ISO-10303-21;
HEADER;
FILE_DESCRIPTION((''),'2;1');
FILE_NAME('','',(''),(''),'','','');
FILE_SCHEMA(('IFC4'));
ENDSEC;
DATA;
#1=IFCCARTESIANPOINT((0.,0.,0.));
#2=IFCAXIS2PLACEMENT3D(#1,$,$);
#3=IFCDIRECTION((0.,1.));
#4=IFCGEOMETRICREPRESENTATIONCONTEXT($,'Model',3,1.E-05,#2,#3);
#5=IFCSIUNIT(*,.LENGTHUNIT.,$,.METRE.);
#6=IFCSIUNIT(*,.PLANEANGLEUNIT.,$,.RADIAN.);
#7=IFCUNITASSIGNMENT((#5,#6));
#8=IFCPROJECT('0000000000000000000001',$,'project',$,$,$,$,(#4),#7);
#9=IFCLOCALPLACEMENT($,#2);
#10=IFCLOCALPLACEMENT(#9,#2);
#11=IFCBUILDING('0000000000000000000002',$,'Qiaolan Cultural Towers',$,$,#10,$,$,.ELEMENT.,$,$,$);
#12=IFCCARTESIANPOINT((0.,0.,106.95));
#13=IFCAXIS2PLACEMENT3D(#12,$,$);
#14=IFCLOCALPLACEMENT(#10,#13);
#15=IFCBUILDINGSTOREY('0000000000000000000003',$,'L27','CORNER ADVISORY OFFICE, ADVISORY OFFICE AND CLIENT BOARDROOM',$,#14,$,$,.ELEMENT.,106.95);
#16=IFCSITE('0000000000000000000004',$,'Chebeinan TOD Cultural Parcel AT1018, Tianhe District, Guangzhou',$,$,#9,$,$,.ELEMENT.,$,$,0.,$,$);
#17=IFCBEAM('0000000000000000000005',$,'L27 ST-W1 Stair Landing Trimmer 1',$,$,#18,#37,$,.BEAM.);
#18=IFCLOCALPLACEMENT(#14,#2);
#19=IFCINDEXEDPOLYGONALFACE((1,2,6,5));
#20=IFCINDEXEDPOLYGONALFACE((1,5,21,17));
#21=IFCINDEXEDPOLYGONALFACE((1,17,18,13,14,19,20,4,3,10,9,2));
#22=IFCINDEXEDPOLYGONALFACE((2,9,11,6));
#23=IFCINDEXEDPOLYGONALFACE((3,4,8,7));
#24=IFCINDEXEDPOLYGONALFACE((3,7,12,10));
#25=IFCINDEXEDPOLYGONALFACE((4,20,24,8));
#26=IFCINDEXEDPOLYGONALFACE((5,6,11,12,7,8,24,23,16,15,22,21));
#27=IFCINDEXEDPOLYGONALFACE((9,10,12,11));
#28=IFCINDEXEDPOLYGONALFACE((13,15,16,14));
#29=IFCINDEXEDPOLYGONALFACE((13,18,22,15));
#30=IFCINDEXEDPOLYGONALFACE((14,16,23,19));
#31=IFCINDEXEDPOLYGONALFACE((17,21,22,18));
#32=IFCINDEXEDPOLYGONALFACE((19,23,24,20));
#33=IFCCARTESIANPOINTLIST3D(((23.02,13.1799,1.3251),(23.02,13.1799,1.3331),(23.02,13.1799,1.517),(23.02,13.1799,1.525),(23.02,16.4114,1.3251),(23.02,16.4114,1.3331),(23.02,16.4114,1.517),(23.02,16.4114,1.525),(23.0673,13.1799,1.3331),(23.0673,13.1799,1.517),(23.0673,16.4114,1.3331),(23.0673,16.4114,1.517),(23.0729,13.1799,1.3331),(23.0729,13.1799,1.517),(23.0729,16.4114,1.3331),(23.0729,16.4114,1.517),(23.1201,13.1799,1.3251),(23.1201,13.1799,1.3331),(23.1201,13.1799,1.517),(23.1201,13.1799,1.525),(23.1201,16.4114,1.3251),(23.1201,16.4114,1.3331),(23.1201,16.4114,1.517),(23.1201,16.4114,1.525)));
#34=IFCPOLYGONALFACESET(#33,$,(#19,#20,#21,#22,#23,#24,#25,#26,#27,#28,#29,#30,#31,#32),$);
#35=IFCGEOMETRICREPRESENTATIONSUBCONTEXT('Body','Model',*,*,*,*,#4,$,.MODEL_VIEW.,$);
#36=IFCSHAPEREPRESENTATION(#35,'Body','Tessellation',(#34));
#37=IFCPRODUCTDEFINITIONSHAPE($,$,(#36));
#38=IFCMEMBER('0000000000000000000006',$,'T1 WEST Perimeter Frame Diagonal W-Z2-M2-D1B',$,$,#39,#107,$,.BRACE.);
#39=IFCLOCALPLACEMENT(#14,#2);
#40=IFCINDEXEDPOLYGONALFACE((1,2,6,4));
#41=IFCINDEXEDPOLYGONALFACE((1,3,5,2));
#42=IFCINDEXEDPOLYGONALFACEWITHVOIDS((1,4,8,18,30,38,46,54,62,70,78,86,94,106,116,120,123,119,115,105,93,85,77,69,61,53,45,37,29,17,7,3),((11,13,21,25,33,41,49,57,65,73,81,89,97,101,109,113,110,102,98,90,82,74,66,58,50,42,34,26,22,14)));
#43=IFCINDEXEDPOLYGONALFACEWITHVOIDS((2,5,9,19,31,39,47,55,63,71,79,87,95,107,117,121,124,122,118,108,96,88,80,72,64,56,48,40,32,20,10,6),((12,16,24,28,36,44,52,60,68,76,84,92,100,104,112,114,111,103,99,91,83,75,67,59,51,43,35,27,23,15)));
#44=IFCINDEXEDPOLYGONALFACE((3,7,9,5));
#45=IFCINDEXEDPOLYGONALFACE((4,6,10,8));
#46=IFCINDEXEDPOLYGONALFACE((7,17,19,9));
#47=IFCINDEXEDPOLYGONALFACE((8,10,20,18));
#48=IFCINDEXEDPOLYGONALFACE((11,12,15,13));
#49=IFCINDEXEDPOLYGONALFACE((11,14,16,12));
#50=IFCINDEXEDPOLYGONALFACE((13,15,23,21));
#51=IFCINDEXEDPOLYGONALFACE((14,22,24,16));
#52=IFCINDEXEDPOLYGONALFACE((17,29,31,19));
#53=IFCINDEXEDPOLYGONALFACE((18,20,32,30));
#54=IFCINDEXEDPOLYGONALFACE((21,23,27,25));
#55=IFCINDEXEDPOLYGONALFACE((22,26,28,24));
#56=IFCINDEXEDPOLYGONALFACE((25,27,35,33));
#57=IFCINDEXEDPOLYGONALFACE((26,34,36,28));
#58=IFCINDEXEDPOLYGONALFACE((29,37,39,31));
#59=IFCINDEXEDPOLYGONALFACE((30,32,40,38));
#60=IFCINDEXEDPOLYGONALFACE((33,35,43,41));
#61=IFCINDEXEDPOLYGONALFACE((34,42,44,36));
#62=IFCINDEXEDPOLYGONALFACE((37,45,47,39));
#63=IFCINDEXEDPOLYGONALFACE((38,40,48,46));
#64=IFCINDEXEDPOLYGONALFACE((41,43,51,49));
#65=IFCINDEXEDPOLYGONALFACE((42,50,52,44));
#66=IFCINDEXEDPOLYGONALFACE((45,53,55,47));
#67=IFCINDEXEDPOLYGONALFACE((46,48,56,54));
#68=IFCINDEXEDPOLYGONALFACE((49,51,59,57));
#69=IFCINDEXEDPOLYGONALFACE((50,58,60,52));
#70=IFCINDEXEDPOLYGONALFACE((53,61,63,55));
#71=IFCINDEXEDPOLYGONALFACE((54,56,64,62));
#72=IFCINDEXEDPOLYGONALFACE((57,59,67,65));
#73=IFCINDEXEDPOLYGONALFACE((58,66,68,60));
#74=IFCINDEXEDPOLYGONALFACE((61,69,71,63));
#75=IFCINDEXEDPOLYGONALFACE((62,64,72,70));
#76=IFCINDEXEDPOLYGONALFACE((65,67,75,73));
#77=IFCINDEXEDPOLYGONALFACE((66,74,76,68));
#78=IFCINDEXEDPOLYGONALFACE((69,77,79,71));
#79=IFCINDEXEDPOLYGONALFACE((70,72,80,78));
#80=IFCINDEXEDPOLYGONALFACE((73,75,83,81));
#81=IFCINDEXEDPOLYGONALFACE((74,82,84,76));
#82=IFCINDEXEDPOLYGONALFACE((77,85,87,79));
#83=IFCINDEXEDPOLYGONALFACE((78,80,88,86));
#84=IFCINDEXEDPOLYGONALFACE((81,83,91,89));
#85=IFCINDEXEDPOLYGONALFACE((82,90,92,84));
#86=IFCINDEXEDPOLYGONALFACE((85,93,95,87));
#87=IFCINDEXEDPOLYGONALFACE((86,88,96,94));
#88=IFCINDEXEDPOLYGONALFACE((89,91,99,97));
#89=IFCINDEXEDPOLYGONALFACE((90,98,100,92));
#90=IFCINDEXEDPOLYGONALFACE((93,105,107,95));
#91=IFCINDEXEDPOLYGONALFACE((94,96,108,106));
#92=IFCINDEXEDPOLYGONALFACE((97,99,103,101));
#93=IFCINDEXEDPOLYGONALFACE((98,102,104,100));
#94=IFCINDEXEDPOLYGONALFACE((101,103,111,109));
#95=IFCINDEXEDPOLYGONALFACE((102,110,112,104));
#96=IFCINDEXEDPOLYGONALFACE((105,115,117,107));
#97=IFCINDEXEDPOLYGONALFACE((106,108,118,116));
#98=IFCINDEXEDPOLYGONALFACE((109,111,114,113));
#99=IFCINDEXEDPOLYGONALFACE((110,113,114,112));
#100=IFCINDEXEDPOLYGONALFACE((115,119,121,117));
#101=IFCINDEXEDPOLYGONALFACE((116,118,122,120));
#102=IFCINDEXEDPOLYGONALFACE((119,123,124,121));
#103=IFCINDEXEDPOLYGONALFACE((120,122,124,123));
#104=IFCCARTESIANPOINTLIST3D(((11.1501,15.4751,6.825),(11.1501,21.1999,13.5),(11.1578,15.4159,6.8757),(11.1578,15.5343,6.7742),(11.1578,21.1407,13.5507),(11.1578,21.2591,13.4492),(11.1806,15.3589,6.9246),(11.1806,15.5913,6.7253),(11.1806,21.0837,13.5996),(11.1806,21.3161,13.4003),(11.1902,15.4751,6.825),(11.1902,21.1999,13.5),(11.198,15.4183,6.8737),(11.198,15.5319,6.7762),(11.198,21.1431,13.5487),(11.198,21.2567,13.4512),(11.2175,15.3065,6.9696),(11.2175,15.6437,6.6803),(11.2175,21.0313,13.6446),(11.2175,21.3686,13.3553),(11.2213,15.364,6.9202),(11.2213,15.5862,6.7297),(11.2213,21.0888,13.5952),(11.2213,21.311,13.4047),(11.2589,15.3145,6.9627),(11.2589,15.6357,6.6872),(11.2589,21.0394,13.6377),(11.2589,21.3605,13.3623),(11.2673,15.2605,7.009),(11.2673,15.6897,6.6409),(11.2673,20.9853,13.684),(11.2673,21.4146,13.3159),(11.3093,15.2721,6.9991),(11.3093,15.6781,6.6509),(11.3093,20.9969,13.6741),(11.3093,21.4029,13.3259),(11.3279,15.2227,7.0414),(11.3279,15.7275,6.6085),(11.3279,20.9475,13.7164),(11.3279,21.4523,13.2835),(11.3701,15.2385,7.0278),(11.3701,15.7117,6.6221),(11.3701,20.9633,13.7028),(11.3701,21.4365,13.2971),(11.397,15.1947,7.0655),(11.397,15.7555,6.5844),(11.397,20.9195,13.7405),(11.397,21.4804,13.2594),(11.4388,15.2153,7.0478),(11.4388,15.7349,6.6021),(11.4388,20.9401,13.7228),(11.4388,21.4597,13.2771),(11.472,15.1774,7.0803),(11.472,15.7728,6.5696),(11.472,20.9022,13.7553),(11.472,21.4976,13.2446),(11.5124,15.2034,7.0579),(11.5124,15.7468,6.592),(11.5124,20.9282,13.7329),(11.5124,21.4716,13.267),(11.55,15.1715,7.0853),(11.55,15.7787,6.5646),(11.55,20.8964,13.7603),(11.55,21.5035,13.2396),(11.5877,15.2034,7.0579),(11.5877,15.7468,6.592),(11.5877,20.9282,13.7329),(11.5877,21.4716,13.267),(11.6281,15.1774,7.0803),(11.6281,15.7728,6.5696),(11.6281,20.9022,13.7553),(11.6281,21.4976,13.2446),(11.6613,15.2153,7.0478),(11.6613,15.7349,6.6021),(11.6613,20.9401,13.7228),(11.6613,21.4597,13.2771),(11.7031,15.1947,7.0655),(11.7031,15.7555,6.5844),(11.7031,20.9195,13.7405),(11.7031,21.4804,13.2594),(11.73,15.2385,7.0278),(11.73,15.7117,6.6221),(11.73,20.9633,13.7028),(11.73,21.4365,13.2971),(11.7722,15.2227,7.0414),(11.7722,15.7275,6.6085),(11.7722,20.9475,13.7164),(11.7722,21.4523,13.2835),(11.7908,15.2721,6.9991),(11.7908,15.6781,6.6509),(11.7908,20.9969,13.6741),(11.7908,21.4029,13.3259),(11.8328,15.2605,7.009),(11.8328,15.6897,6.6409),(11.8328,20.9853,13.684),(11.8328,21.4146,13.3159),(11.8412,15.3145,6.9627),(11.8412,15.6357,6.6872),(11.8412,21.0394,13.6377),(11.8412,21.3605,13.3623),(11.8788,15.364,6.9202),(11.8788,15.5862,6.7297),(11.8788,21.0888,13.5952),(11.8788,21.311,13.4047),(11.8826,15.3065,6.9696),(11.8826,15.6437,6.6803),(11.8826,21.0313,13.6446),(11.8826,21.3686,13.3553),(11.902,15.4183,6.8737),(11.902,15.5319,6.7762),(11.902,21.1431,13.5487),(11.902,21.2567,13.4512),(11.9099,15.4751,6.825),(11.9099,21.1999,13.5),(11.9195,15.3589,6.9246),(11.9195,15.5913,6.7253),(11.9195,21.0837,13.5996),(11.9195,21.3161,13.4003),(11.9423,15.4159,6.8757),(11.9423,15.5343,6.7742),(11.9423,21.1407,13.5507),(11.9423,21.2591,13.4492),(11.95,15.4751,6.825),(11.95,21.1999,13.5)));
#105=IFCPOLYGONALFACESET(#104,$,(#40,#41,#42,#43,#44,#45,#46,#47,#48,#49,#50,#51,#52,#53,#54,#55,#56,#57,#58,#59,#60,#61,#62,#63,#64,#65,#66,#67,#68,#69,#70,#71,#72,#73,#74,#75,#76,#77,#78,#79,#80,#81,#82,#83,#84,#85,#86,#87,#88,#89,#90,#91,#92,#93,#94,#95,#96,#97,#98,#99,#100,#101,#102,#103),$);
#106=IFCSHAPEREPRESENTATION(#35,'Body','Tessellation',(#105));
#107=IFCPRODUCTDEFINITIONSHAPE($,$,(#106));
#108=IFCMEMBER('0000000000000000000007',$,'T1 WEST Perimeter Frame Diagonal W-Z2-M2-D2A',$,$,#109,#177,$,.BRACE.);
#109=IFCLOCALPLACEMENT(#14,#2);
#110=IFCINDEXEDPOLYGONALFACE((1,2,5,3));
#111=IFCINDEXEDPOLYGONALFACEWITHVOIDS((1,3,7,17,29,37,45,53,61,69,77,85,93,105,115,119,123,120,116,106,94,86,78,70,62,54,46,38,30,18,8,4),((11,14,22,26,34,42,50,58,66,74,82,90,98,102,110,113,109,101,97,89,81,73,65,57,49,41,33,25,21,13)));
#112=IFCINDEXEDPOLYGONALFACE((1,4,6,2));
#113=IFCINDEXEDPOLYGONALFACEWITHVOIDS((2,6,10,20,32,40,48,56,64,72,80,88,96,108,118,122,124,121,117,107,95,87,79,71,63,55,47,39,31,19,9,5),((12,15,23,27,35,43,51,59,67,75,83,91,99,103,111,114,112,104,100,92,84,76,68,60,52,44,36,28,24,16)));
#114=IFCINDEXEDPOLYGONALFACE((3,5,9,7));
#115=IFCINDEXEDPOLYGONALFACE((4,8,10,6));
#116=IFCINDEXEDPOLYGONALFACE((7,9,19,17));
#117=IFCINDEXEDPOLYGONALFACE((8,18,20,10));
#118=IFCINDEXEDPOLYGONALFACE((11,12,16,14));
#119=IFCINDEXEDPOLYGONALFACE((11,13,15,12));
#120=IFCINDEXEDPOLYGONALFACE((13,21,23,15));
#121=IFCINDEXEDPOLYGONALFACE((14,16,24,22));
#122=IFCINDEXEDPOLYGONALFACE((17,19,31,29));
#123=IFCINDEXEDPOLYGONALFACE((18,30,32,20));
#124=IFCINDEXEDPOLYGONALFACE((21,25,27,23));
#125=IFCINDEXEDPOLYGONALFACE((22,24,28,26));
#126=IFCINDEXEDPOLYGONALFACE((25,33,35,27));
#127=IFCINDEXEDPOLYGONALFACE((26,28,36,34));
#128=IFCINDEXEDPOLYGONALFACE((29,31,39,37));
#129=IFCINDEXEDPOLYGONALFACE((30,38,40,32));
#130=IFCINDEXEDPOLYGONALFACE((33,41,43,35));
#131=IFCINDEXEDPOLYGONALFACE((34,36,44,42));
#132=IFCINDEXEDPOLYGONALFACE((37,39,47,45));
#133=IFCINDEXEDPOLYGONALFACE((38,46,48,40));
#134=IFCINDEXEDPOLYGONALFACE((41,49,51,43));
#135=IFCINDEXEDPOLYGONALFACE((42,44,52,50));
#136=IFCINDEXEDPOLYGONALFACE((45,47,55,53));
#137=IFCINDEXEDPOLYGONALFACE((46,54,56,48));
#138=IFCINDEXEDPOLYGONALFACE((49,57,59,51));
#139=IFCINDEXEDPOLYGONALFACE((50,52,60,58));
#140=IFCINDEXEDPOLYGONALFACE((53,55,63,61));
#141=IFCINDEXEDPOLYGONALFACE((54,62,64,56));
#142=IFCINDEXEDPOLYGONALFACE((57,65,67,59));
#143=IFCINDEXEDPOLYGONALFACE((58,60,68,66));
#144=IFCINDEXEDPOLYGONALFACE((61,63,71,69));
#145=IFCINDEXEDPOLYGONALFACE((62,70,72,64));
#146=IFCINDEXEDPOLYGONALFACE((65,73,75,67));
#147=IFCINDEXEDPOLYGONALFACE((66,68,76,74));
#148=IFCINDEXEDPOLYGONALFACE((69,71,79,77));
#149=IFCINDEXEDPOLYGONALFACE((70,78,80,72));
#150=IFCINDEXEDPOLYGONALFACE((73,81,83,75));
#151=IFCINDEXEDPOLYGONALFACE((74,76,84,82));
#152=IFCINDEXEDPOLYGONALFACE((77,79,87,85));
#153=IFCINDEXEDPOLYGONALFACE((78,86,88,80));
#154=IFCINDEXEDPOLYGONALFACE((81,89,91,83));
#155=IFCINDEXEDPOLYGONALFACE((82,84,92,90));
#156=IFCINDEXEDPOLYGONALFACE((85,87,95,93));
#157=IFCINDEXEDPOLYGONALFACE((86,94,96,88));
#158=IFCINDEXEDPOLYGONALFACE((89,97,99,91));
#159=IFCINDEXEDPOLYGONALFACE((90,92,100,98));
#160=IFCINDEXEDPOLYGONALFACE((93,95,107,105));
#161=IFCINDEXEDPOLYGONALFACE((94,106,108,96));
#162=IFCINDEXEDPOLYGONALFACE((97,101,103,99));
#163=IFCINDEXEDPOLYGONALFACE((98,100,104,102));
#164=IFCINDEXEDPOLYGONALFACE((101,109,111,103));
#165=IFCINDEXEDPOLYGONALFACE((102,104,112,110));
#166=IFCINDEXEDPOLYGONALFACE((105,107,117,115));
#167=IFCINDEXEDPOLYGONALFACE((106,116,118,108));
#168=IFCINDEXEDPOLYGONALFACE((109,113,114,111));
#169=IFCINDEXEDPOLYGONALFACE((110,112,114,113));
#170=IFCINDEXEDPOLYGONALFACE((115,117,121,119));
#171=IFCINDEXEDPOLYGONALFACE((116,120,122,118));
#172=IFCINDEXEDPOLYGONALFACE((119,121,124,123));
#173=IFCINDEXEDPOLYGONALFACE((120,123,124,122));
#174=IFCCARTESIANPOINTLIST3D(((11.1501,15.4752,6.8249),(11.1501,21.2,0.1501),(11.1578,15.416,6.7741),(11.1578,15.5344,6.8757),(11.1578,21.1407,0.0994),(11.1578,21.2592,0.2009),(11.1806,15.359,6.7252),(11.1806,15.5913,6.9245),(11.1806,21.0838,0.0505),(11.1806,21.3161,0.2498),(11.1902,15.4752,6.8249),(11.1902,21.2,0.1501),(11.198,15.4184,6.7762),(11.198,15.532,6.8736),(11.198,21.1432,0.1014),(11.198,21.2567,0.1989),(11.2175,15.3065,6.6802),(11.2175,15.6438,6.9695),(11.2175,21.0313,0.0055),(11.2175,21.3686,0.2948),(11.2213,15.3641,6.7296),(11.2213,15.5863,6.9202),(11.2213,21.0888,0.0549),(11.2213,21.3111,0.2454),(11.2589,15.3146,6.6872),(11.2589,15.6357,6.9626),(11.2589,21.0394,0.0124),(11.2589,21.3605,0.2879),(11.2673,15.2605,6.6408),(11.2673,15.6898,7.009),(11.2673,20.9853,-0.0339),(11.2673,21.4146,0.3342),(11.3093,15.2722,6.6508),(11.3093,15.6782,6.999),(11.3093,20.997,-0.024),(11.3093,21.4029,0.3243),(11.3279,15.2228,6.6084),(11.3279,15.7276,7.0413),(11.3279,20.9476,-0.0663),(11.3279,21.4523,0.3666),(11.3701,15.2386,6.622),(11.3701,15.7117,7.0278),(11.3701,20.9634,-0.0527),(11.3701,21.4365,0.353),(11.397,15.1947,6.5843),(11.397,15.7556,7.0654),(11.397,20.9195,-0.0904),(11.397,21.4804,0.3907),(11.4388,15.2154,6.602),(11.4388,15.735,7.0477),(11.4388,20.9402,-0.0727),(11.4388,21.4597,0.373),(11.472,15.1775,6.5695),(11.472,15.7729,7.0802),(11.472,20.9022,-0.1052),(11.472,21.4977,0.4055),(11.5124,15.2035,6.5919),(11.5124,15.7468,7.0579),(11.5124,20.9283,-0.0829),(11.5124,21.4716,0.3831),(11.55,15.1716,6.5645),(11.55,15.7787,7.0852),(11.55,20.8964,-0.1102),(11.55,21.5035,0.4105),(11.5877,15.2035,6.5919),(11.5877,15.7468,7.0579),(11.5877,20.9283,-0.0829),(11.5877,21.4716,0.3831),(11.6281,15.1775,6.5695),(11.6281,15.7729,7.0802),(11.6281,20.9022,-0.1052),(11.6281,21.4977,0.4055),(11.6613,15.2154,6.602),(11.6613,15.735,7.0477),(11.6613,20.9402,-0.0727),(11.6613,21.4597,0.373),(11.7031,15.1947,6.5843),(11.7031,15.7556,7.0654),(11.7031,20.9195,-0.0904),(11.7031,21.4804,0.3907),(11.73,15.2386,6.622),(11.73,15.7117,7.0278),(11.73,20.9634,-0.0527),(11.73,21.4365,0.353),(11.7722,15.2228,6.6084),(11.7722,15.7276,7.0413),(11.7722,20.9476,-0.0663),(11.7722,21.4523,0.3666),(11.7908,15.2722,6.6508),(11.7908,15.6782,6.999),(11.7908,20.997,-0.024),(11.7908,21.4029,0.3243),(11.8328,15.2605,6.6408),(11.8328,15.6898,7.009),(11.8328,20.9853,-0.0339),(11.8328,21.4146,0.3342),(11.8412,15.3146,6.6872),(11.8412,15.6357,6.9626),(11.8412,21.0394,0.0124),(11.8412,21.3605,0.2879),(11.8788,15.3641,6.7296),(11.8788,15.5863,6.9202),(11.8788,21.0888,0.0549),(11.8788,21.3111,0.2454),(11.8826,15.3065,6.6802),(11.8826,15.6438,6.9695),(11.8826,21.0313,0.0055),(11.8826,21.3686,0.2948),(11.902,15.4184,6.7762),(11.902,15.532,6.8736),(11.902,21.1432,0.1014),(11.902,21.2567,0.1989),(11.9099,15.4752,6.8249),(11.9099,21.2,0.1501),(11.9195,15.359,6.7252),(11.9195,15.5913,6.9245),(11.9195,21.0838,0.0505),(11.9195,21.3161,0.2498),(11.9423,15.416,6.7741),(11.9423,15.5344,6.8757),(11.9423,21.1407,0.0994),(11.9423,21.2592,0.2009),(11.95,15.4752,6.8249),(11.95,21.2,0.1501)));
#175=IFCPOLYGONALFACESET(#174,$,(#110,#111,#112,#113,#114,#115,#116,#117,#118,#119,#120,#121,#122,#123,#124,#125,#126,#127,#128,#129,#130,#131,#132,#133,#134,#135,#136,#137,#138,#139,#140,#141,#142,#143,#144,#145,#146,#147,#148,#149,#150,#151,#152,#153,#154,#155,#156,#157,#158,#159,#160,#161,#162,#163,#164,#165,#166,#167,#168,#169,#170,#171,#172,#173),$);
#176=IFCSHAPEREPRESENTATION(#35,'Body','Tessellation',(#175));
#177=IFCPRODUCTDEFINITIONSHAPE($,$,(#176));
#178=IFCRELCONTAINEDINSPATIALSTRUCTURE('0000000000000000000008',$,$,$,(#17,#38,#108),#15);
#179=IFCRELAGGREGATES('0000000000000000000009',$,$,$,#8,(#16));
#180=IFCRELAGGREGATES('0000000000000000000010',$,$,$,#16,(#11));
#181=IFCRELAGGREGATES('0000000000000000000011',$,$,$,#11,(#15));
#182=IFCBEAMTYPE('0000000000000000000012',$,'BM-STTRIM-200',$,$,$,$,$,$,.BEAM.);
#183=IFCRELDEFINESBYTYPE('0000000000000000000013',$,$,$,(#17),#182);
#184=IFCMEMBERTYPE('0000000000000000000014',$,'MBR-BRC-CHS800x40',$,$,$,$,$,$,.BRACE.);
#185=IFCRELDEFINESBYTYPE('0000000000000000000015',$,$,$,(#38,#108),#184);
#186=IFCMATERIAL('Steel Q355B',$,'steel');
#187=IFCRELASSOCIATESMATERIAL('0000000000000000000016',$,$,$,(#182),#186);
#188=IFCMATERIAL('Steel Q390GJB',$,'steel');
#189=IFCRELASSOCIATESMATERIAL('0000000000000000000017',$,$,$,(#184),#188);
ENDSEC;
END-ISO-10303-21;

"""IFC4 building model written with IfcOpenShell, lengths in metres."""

from ifc_helpers import new_model, si_unit, direction, frame, origin, origin_2d, place, context, subcontext, project, spatial, hollow_circle, i_section, extrude, material, material_profile, profile_set, type_object, element, save


model = new_model("IFC4")

# Units and contexts
model_context = context("Model", 3, precision=1e-05, world=origin(), true_north=direction((0.0, 1.0)))
body_context = subcontext(model_context, "Body", "Model", "MODEL_VIEW")
ifc_project = project(units=[si_unit("LENGTHUNIT", "METRE"), si_unit("PLANEANGLEUNIT", "RADIAN")], contexts=[model_context])

# Site, building, storey
site_placement = place(None, origin())
site = spatial("IfcSite", under=ifc_project, at=site_placement, Name="Chebeinan TOD Cultural Parcel AT1018, Tianhe District, Guangzhou", CompositionType="ELEMENT", RefElevation=0.0)
building_placement = place(site_placement, origin())
building = spatial("IfcBuilding", under=site, at=building_placement, Name="Qiaolan Cultural Towers", CompositionType="ELEMENT")
storey_placement = place(building_placement, frame((0.0, 0.0, 106.95)))
storey = spatial("IfcBuildingStorey", under=building, at=storey_placement, Name="L27", Description="CORNER ADVISORY OFFICE, ADVISORY OFFICE AND CLIENT BOARDROOM", CompositionType="ELEMENT", Elevation=106.95)

# Beam
ifc_material_1 = material(Name="Steel Q355B", Category="steel")
ifc_material_profile_1 = material_profile(ifc_material_1, i_section(OverallWidth=0.1001, OverallDepth=0.2, WebThickness=0.0056, FlangeThickness=0.0081, at=origin_2d()), Name="HN200x100x5.5x8")
ifc_profile_set_1 = profile_set([ifc_material_profile_1], Name="Steel Q355B")
beam_type_1 = type_object("IfcBeamType", Name="BM-STTRIM-200", PredefinedType="BEAM", material=ifc_profile_set_1)
beam_1_placement = place(storey_placement, frame((23.0701, 16.4114, 1.425), z_axis=(0.0, -1.0, 0.0), x_axis=(1.0, 0.0, 0.0)))
element("IfcBeam", 1, at=beam_1_placement, inside=storey, type_object=beam_type_1, Name="L27 ST-W1 Stair Landing Trimmer 1", PredefinedType="BEAM", context=body_context, shape_type="SweptSolid", body=[
    extrude(i_section(OverallWidth=0.1001, OverallDepth=0.2, WebThickness=0.0056, FlangeThickness=0.0081, at=origin_2d()), origin(), (0.0, 0.0, 1.0), 3.2314),
])

# Members
ifc_material_2 = material(Name="Steel Q390GJB", Category="steel")
ifc_material_profile_2 = material_profile(ifc_material_2, hollow_circle(Radius=0.3999, WallThickness=0.04, at=origin_2d()), Name="CHS800x40")
ifc_profile_set_2 = profile_set([ifc_material_profile_2], Name="Steel Q390GJB")
member_type = type_object("IfcMemberType", Name="MBR-BRC-CHS800x40", PredefinedType="BRACE", material=ifc_profile_set_2)
member_1_placement = place(storey_placement, frame((11.55, 15.4751, 6.825), z_axis=(0.0, 0.651013, 0.759066), x_axis=(-1.0, 0.0, 0.0)))
element("IfcMember", 2, at=member_1_placement, inside=storey, type_object=member_type, Name="T1 WEST Perimeter Frame Diagonal W-Z2-M2-D1B", PredefinedType="BRACE", context=body_context, shape_type="SweptSolid", body=[
    extrude(hollow_circle(Radius=0.3999, WallThickness=0.04, at=origin_2d()), origin(), (0.0, 0.0, 1.0), 8.7937),
])
member_2_placement = place(storey_placement, frame((11.55, 21.2, 0.1501), z_axis=(0.0, -0.651027, 0.759055), x_axis=(1.0, 0.0, 0.0)))
element("IfcMember", 3, at=member_2_placement, inside=storey, type_object=member_type, Name="T1 WEST Perimeter Frame Diagonal W-Z2-M2-D2A", PredefinedType="BRACE", context=body_context, shape_type="SweptSolid", body=[
    extrude(hollow_circle(Radius=0.3999, WallThickness=0.04, at=origin_2d()), origin(), (0.0, 0.0, 1.0), 8.7935),
])

save(model, "model.ifc")
